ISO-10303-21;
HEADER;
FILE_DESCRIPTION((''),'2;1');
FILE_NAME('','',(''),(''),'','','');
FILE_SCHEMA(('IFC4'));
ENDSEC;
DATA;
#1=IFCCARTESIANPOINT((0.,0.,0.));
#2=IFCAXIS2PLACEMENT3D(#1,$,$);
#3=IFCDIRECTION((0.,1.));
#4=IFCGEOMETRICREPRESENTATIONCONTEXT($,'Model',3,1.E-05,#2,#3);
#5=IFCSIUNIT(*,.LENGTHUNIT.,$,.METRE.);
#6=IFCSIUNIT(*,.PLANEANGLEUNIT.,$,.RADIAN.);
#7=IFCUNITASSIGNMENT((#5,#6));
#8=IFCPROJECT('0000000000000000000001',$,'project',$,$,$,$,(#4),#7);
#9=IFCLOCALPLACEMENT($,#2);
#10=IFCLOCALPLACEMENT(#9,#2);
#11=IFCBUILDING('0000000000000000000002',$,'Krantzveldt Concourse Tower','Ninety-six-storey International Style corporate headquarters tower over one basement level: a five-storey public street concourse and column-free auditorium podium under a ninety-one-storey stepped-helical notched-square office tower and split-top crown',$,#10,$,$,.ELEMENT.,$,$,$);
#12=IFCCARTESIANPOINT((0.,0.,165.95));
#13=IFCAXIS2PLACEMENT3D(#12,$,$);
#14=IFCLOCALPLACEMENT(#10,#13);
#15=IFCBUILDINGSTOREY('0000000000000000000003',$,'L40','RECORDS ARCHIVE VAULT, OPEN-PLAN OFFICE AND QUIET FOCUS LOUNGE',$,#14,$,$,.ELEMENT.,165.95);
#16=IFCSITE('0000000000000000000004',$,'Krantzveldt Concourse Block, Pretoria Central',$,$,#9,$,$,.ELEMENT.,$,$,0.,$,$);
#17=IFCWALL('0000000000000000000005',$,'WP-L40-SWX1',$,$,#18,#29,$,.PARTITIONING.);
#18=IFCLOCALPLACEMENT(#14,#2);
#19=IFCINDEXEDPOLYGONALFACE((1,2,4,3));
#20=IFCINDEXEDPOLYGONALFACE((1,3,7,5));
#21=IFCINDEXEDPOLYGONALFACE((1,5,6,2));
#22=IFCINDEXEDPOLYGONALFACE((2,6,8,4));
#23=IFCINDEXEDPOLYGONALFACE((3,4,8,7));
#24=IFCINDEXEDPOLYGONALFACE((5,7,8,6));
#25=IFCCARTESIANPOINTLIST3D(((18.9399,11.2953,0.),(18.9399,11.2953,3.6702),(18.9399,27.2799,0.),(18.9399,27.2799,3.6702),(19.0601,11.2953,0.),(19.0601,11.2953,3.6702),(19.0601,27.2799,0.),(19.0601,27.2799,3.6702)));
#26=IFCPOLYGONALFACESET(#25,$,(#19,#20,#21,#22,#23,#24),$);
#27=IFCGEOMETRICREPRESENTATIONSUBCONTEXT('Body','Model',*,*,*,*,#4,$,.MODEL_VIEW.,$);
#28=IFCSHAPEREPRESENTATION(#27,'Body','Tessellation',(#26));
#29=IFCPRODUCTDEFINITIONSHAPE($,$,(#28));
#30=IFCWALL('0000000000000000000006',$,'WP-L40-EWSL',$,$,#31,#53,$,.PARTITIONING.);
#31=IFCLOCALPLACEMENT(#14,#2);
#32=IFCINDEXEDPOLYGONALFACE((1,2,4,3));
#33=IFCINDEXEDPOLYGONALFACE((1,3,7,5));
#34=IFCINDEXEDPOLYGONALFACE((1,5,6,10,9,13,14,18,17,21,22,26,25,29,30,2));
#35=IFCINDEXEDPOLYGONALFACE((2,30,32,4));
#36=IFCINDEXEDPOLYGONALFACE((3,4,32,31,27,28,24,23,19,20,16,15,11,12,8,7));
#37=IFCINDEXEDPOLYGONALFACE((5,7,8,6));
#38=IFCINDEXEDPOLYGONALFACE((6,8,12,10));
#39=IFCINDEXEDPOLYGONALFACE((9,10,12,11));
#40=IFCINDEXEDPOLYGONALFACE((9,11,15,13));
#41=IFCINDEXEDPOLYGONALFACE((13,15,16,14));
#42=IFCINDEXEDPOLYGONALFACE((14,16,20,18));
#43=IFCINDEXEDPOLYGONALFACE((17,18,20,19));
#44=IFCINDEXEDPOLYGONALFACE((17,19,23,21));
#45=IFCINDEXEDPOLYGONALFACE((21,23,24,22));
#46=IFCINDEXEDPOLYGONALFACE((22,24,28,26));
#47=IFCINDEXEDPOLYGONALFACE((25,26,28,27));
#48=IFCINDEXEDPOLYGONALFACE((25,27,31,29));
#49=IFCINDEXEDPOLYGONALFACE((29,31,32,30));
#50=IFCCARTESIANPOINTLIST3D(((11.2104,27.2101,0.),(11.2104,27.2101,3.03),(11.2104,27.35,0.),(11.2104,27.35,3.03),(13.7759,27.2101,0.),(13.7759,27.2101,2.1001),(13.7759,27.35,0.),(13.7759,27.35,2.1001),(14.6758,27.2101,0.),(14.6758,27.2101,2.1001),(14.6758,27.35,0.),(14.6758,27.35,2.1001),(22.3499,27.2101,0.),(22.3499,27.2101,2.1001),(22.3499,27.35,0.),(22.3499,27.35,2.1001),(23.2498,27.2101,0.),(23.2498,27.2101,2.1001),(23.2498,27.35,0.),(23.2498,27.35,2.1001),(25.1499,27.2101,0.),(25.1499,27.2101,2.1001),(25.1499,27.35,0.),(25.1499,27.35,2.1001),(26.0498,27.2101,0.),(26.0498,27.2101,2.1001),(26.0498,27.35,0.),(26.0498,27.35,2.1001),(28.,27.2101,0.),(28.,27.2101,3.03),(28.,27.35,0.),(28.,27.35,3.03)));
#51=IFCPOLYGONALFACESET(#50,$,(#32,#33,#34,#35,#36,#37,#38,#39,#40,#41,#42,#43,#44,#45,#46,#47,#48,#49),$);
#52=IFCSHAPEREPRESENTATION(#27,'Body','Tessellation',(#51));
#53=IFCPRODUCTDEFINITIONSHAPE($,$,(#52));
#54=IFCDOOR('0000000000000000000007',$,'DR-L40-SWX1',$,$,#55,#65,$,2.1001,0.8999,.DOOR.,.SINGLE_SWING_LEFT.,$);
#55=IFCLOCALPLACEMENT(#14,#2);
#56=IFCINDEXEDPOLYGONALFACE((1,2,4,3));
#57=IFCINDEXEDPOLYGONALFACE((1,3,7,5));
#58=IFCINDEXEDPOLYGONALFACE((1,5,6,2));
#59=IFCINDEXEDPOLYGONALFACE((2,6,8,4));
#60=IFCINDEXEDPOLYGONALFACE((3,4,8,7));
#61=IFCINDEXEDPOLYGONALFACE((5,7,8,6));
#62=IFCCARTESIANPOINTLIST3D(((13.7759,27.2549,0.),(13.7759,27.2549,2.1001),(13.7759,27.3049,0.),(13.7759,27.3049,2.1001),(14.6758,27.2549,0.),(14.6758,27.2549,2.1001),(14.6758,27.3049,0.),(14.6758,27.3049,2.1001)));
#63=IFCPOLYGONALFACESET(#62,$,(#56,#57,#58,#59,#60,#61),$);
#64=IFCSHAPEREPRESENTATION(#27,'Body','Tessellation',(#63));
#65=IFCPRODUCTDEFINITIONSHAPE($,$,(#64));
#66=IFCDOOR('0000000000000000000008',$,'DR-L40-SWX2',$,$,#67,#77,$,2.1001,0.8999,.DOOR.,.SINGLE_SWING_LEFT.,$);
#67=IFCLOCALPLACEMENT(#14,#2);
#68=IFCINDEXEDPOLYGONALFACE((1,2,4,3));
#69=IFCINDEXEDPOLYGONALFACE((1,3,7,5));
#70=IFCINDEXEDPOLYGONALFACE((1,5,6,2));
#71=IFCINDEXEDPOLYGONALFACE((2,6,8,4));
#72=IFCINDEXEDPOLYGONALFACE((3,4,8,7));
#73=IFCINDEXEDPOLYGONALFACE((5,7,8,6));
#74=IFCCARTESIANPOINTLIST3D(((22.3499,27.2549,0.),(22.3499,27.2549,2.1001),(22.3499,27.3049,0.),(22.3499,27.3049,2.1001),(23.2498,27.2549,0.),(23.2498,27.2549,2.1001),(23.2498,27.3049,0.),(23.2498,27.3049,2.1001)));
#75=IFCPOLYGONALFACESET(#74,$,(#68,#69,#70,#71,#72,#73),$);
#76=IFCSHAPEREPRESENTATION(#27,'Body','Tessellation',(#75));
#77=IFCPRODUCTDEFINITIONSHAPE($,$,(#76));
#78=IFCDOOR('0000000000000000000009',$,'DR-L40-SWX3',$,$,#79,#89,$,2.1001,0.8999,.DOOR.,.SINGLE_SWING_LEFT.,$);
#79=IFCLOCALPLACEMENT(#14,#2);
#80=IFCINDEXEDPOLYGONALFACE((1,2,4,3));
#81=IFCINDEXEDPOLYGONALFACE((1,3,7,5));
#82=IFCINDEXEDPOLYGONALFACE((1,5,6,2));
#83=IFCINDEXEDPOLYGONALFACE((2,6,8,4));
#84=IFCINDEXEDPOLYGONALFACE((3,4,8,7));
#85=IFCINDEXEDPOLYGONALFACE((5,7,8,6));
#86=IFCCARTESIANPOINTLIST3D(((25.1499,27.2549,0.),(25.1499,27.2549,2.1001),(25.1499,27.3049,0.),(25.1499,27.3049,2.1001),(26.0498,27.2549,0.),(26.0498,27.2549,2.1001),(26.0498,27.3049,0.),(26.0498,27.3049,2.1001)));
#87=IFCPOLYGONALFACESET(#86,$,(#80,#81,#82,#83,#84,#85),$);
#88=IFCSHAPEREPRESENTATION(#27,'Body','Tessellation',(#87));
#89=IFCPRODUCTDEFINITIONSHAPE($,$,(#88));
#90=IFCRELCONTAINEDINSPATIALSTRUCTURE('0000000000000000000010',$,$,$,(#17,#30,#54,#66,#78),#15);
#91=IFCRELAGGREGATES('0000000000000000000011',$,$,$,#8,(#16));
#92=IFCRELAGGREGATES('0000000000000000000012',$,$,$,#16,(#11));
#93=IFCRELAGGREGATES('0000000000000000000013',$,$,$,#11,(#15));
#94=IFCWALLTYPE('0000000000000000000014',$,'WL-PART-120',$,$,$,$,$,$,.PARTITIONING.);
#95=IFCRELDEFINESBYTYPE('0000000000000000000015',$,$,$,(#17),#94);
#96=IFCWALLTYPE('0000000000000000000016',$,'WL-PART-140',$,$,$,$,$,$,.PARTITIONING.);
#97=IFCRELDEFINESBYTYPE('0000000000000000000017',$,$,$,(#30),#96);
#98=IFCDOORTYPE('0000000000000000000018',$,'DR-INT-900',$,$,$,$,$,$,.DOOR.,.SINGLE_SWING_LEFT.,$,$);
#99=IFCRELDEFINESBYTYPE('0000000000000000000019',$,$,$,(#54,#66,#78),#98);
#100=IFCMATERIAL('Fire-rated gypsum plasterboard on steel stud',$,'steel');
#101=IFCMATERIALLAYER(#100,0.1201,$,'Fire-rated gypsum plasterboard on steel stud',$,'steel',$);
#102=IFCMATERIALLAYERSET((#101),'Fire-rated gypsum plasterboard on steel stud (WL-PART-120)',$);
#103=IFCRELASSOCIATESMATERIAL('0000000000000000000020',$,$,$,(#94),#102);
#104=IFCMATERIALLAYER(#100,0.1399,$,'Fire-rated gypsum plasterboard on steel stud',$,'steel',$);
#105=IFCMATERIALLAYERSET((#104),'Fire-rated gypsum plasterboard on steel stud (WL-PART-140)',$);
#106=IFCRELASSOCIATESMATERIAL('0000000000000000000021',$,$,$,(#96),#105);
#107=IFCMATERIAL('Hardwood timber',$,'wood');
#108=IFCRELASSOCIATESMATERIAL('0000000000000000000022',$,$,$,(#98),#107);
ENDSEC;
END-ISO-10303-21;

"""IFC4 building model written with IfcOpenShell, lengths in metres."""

from ifc_helpers import new_model, si_unit, direction, frame, frame_2d, origin, place, context, subcontext, project, spatial, rectangle, extrude, material, layer, layer_set, type_object, element, fill, save


model = new_model("IFC4")

# Units and contexts
model_context = context("Model", 3, precision=1e-05, world=origin(), true_north=direction((0.0, 1.0)))
body_context = subcontext(model_context, "Body", "Model", "MODEL_VIEW")
ifc_project = project(units=[si_unit("LENGTHUNIT", "METRE"), si_unit("PLANEANGLEUNIT", "RADIAN")], contexts=[model_context])

# Site, building, storey
site_placement = place(None, origin())
site = spatial("IfcSite", under=ifc_project, at=site_placement, Name="Krantzveldt Concourse Block, Pretoria Central", CompositionType="ELEMENT", RefElevation=0.0)
building_placement = place(site_placement, origin())
building = spatial("IfcBuilding", under=site, at=building_placement, Name="Krantzveldt Concourse Tower", Description="Ninety-six-storey International Style corporate headquarters tower over one basement level: a five-storey public street concourse and column-free auditorium podium under a ninety-one-storey stepped-helical notched-square office tower and split-top crown", CompositionType="ELEMENT")
storey_placement = place(building_placement, frame((0.0, 0.0, 165.95)))
storey = spatial("IfcBuildingStorey", under=building, at=storey_placement, Name="L40", Description="RECORDS ARCHIVE VAULT, OPEN-PLAN OFFICE AND QUIET FOCUS LOUNGE", CompositionType="ELEMENT", Elevation=165.95)

# Wall
ifc_material_1 = material(Name="Fire-rated gypsum plasterboard on steel stud", Category="steel")
ifc_layer_1 = layer(ifc_material_1, 0.1201, Name="Fire-rated gypsum plasterboard on steel stud", Category="steel")
ifc_layer_set_1 = layer_set([ifc_layer_1], Name="Fire-rated gypsum plasterboard on steel stud (WL-PART-120)")
wall_type_1 = type_object("IfcWallType", Name="WL-PART-120", PredefinedType="PARTITIONING", material=ifc_layer_set_1)
wall_1_placement = place(storey_placement, frame((19.0, 11.2954, 0.0), z_axis=(0.0, 0.0, 1.0), x_axis=(0.0, 1.0, 0.0)))
element("IfcWall", 1, at=wall_1_placement, inside=storey, type_object=wall_type_1, Name="WP-L40-SWX1", PredefinedType="PARTITIONING", context=body_context, shape_type="SweptSolid", body=[
    extrude(rectangle(XDim=15.9846, YDim=0.1201, at=frame_2d((7.9922, 0.0))), origin(), (0.0, 0.0, 1.0), 3.6702),
])

# Wall, openings, doors
ifc_layer_2 = layer(ifc_material_1, 0.1399, Name="Fire-rated gypsum plasterboard on steel stud", Category="steel")
ifc_layer_set_2 = layer_set([ifc_layer_2], Name="Fire-rated gypsum plasterboard on steel stud (WL-PART-140)")
wall_type_2 = type_object("IfcWallType", Name="WL-PART-140", PredefinedType="PARTITIONING", material=ifc_layer_set_2)
wall_2_placement = place(storey_placement, frame((11.2104, 27.28, 0.0), z_axis=(0.0, 0.0, 1.0), x_axis=(1.0, 0.0, 0.0)))
wall_2 = element("IfcWall", 2, at=wall_2_placement, inside=storey, type_object=wall_type_2, Name="WP-L40-EWSL", PredefinedType="PARTITIONING", context=body_context, shape_type="SweptSolid", body=[
    extrude(rectangle(XDim=16.7896, YDim=0.1399, at=frame_2d((8.3948, 0.0))), origin(), (0.0, 0.0, 1.0), 3.03),
])
opening_1_placement = place(wall_2_placement, frame((2.5654, 0.0, 0.0)))
opening_1 = element("IfcOpeningElement", 3, at=opening_1_placement, cuts=wall_2, PredefinedType="OPENING", context=body_context, shape_type="SweptSolid", body=[
    extrude(rectangle(XDim=0.8999, YDim=2.1001, at=frame_2d((0.45, 1.05))), frame((0.0, 0.0801, 0.0), z_axis=(0.0, -1.0, 0.0), x_axis=(1.0, 0.0, 0.0)), (0.0, 0.0, 1.0), 0.1599),
])
opening_2_placement = place(wall_2_placement, frame((11.1394, 0.0, 0.0)))
opening_2 = element("IfcOpeningElement", 4, at=opening_2_placement, cuts=wall_2, PredefinedType="OPENING", context=body_context, shape_type="SweptSolid", body=[
    extrude(rectangle(XDim=0.8999, YDim=2.1001, at=frame_2d((0.45, 1.05))), frame((0.0, 0.0801, 0.0), z_axis=(0.0, -1.0, 0.0), x_axis=(1.0, 0.0, 0.0)), (0.0, 0.0, 1.0), 0.1599),
])
opening_3_placement = place(wall_2_placement, frame((13.9395, 0.0, 0.0)))
opening_3 = element("IfcOpeningElement", 5, at=opening_3_placement, cuts=wall_2, PredefinedType="OPENING", context=body_context, shape_type="SweptSolid", body=[
    extrude(rectangle(XDim=0.8999, YDim=2.1001, at=frame_2d((0.45, 1.05))), frame((0.0, 0.0801, 0.0), z_axis=(0.0, -1.0, 0.0), x_axis=(1.0, 0.0, 0.0)), (0.0, 0.0, 1.0), 0.1599),
])
ifc_material_2 = material(Name="Hardwood timber", Category="wood")
door_type = type_object("IfcDoorType", Name="DR-INT-900", OperationType="SINGLE_SWING_LEFT", PredefinedType="DOOR", material=ifc_material_2)
door_1_placement = place(opening_1_placement, origin())
door_1 = element("IfcDoor", 6, at=door_1_placement, inside=storey, type_object=door_type, Name="DR-L40-SWX1", OperationType="SINGLE_SWING_LEFT", OverallHeight=2.1001, OverallWidth=0.8999, PredefinedType="DOOR", context=body_context, shape_type="SweptSolid", body=[
    extrude(rectangle(XDim=0.8999, YDim=2.1001, at=frame_2d((0.45, 1.05))), frame((0.0, 0.0249, 0.0), z_axis=(0.0, -1.0, 0.0), x_axis=(1.0, 0.0, 0.0)), (0.0, 0.0, 1.0), 0.05),
])
fill(opening_1, door_1)
door_2_placement = place(opening_2_placement, origin())
door_2 = element("IfcDoor", 7, at=door_2_placement, inside=storey, type_object=door_type, Name="DR-L40-SWX2", OperationType="SINGLE_SWING_LEFT", OverallHeight=2.1001, OverallWidth=0.8999, PredefinedType="DOOR", context=body_context, shape_type="SweptSolid", body=[
    extrude(rectangle(XDim=0.8999, YDim=2.1001, at=frame_2d((0.45, 1.05))), frame((0.0, 0.0249, 0.0), z_axis=(0.0, -1.0, 0.0), x_axis=(1.0, 0.0, 0.0)), (0.0, 0.0, 1.0), 0.05),
])
fill(opening_2, door_2)
door_3_placement = place(opening_3_placement, origin())
door_3 = element("IfcDoor", 8, at=door_3_placement, inside=storey, type_object=door_type, Name="DR-L40-SWX3", OperationType="SINGLE_SWING_LEFT", OverallHeight=2.1001, OverallWidth=0.8999, PredefinedType="DOOR", context=body_context, shape_type="SweptSolid", body=[
    extrude(rectangle(XDim=0.8999, YDim=2.1001, at=frame_2d((0.45, 1.05))), frame((0.0, 0.0249, 0.0), z_axis=(0.0, -1.0, 0.0), x_axis=(1.0, 0.0, 0.0)), (0.0, 0.0, 1.0), 0.05),
])
fill(opening_3, door_3)

save(model, "model.ifc")
